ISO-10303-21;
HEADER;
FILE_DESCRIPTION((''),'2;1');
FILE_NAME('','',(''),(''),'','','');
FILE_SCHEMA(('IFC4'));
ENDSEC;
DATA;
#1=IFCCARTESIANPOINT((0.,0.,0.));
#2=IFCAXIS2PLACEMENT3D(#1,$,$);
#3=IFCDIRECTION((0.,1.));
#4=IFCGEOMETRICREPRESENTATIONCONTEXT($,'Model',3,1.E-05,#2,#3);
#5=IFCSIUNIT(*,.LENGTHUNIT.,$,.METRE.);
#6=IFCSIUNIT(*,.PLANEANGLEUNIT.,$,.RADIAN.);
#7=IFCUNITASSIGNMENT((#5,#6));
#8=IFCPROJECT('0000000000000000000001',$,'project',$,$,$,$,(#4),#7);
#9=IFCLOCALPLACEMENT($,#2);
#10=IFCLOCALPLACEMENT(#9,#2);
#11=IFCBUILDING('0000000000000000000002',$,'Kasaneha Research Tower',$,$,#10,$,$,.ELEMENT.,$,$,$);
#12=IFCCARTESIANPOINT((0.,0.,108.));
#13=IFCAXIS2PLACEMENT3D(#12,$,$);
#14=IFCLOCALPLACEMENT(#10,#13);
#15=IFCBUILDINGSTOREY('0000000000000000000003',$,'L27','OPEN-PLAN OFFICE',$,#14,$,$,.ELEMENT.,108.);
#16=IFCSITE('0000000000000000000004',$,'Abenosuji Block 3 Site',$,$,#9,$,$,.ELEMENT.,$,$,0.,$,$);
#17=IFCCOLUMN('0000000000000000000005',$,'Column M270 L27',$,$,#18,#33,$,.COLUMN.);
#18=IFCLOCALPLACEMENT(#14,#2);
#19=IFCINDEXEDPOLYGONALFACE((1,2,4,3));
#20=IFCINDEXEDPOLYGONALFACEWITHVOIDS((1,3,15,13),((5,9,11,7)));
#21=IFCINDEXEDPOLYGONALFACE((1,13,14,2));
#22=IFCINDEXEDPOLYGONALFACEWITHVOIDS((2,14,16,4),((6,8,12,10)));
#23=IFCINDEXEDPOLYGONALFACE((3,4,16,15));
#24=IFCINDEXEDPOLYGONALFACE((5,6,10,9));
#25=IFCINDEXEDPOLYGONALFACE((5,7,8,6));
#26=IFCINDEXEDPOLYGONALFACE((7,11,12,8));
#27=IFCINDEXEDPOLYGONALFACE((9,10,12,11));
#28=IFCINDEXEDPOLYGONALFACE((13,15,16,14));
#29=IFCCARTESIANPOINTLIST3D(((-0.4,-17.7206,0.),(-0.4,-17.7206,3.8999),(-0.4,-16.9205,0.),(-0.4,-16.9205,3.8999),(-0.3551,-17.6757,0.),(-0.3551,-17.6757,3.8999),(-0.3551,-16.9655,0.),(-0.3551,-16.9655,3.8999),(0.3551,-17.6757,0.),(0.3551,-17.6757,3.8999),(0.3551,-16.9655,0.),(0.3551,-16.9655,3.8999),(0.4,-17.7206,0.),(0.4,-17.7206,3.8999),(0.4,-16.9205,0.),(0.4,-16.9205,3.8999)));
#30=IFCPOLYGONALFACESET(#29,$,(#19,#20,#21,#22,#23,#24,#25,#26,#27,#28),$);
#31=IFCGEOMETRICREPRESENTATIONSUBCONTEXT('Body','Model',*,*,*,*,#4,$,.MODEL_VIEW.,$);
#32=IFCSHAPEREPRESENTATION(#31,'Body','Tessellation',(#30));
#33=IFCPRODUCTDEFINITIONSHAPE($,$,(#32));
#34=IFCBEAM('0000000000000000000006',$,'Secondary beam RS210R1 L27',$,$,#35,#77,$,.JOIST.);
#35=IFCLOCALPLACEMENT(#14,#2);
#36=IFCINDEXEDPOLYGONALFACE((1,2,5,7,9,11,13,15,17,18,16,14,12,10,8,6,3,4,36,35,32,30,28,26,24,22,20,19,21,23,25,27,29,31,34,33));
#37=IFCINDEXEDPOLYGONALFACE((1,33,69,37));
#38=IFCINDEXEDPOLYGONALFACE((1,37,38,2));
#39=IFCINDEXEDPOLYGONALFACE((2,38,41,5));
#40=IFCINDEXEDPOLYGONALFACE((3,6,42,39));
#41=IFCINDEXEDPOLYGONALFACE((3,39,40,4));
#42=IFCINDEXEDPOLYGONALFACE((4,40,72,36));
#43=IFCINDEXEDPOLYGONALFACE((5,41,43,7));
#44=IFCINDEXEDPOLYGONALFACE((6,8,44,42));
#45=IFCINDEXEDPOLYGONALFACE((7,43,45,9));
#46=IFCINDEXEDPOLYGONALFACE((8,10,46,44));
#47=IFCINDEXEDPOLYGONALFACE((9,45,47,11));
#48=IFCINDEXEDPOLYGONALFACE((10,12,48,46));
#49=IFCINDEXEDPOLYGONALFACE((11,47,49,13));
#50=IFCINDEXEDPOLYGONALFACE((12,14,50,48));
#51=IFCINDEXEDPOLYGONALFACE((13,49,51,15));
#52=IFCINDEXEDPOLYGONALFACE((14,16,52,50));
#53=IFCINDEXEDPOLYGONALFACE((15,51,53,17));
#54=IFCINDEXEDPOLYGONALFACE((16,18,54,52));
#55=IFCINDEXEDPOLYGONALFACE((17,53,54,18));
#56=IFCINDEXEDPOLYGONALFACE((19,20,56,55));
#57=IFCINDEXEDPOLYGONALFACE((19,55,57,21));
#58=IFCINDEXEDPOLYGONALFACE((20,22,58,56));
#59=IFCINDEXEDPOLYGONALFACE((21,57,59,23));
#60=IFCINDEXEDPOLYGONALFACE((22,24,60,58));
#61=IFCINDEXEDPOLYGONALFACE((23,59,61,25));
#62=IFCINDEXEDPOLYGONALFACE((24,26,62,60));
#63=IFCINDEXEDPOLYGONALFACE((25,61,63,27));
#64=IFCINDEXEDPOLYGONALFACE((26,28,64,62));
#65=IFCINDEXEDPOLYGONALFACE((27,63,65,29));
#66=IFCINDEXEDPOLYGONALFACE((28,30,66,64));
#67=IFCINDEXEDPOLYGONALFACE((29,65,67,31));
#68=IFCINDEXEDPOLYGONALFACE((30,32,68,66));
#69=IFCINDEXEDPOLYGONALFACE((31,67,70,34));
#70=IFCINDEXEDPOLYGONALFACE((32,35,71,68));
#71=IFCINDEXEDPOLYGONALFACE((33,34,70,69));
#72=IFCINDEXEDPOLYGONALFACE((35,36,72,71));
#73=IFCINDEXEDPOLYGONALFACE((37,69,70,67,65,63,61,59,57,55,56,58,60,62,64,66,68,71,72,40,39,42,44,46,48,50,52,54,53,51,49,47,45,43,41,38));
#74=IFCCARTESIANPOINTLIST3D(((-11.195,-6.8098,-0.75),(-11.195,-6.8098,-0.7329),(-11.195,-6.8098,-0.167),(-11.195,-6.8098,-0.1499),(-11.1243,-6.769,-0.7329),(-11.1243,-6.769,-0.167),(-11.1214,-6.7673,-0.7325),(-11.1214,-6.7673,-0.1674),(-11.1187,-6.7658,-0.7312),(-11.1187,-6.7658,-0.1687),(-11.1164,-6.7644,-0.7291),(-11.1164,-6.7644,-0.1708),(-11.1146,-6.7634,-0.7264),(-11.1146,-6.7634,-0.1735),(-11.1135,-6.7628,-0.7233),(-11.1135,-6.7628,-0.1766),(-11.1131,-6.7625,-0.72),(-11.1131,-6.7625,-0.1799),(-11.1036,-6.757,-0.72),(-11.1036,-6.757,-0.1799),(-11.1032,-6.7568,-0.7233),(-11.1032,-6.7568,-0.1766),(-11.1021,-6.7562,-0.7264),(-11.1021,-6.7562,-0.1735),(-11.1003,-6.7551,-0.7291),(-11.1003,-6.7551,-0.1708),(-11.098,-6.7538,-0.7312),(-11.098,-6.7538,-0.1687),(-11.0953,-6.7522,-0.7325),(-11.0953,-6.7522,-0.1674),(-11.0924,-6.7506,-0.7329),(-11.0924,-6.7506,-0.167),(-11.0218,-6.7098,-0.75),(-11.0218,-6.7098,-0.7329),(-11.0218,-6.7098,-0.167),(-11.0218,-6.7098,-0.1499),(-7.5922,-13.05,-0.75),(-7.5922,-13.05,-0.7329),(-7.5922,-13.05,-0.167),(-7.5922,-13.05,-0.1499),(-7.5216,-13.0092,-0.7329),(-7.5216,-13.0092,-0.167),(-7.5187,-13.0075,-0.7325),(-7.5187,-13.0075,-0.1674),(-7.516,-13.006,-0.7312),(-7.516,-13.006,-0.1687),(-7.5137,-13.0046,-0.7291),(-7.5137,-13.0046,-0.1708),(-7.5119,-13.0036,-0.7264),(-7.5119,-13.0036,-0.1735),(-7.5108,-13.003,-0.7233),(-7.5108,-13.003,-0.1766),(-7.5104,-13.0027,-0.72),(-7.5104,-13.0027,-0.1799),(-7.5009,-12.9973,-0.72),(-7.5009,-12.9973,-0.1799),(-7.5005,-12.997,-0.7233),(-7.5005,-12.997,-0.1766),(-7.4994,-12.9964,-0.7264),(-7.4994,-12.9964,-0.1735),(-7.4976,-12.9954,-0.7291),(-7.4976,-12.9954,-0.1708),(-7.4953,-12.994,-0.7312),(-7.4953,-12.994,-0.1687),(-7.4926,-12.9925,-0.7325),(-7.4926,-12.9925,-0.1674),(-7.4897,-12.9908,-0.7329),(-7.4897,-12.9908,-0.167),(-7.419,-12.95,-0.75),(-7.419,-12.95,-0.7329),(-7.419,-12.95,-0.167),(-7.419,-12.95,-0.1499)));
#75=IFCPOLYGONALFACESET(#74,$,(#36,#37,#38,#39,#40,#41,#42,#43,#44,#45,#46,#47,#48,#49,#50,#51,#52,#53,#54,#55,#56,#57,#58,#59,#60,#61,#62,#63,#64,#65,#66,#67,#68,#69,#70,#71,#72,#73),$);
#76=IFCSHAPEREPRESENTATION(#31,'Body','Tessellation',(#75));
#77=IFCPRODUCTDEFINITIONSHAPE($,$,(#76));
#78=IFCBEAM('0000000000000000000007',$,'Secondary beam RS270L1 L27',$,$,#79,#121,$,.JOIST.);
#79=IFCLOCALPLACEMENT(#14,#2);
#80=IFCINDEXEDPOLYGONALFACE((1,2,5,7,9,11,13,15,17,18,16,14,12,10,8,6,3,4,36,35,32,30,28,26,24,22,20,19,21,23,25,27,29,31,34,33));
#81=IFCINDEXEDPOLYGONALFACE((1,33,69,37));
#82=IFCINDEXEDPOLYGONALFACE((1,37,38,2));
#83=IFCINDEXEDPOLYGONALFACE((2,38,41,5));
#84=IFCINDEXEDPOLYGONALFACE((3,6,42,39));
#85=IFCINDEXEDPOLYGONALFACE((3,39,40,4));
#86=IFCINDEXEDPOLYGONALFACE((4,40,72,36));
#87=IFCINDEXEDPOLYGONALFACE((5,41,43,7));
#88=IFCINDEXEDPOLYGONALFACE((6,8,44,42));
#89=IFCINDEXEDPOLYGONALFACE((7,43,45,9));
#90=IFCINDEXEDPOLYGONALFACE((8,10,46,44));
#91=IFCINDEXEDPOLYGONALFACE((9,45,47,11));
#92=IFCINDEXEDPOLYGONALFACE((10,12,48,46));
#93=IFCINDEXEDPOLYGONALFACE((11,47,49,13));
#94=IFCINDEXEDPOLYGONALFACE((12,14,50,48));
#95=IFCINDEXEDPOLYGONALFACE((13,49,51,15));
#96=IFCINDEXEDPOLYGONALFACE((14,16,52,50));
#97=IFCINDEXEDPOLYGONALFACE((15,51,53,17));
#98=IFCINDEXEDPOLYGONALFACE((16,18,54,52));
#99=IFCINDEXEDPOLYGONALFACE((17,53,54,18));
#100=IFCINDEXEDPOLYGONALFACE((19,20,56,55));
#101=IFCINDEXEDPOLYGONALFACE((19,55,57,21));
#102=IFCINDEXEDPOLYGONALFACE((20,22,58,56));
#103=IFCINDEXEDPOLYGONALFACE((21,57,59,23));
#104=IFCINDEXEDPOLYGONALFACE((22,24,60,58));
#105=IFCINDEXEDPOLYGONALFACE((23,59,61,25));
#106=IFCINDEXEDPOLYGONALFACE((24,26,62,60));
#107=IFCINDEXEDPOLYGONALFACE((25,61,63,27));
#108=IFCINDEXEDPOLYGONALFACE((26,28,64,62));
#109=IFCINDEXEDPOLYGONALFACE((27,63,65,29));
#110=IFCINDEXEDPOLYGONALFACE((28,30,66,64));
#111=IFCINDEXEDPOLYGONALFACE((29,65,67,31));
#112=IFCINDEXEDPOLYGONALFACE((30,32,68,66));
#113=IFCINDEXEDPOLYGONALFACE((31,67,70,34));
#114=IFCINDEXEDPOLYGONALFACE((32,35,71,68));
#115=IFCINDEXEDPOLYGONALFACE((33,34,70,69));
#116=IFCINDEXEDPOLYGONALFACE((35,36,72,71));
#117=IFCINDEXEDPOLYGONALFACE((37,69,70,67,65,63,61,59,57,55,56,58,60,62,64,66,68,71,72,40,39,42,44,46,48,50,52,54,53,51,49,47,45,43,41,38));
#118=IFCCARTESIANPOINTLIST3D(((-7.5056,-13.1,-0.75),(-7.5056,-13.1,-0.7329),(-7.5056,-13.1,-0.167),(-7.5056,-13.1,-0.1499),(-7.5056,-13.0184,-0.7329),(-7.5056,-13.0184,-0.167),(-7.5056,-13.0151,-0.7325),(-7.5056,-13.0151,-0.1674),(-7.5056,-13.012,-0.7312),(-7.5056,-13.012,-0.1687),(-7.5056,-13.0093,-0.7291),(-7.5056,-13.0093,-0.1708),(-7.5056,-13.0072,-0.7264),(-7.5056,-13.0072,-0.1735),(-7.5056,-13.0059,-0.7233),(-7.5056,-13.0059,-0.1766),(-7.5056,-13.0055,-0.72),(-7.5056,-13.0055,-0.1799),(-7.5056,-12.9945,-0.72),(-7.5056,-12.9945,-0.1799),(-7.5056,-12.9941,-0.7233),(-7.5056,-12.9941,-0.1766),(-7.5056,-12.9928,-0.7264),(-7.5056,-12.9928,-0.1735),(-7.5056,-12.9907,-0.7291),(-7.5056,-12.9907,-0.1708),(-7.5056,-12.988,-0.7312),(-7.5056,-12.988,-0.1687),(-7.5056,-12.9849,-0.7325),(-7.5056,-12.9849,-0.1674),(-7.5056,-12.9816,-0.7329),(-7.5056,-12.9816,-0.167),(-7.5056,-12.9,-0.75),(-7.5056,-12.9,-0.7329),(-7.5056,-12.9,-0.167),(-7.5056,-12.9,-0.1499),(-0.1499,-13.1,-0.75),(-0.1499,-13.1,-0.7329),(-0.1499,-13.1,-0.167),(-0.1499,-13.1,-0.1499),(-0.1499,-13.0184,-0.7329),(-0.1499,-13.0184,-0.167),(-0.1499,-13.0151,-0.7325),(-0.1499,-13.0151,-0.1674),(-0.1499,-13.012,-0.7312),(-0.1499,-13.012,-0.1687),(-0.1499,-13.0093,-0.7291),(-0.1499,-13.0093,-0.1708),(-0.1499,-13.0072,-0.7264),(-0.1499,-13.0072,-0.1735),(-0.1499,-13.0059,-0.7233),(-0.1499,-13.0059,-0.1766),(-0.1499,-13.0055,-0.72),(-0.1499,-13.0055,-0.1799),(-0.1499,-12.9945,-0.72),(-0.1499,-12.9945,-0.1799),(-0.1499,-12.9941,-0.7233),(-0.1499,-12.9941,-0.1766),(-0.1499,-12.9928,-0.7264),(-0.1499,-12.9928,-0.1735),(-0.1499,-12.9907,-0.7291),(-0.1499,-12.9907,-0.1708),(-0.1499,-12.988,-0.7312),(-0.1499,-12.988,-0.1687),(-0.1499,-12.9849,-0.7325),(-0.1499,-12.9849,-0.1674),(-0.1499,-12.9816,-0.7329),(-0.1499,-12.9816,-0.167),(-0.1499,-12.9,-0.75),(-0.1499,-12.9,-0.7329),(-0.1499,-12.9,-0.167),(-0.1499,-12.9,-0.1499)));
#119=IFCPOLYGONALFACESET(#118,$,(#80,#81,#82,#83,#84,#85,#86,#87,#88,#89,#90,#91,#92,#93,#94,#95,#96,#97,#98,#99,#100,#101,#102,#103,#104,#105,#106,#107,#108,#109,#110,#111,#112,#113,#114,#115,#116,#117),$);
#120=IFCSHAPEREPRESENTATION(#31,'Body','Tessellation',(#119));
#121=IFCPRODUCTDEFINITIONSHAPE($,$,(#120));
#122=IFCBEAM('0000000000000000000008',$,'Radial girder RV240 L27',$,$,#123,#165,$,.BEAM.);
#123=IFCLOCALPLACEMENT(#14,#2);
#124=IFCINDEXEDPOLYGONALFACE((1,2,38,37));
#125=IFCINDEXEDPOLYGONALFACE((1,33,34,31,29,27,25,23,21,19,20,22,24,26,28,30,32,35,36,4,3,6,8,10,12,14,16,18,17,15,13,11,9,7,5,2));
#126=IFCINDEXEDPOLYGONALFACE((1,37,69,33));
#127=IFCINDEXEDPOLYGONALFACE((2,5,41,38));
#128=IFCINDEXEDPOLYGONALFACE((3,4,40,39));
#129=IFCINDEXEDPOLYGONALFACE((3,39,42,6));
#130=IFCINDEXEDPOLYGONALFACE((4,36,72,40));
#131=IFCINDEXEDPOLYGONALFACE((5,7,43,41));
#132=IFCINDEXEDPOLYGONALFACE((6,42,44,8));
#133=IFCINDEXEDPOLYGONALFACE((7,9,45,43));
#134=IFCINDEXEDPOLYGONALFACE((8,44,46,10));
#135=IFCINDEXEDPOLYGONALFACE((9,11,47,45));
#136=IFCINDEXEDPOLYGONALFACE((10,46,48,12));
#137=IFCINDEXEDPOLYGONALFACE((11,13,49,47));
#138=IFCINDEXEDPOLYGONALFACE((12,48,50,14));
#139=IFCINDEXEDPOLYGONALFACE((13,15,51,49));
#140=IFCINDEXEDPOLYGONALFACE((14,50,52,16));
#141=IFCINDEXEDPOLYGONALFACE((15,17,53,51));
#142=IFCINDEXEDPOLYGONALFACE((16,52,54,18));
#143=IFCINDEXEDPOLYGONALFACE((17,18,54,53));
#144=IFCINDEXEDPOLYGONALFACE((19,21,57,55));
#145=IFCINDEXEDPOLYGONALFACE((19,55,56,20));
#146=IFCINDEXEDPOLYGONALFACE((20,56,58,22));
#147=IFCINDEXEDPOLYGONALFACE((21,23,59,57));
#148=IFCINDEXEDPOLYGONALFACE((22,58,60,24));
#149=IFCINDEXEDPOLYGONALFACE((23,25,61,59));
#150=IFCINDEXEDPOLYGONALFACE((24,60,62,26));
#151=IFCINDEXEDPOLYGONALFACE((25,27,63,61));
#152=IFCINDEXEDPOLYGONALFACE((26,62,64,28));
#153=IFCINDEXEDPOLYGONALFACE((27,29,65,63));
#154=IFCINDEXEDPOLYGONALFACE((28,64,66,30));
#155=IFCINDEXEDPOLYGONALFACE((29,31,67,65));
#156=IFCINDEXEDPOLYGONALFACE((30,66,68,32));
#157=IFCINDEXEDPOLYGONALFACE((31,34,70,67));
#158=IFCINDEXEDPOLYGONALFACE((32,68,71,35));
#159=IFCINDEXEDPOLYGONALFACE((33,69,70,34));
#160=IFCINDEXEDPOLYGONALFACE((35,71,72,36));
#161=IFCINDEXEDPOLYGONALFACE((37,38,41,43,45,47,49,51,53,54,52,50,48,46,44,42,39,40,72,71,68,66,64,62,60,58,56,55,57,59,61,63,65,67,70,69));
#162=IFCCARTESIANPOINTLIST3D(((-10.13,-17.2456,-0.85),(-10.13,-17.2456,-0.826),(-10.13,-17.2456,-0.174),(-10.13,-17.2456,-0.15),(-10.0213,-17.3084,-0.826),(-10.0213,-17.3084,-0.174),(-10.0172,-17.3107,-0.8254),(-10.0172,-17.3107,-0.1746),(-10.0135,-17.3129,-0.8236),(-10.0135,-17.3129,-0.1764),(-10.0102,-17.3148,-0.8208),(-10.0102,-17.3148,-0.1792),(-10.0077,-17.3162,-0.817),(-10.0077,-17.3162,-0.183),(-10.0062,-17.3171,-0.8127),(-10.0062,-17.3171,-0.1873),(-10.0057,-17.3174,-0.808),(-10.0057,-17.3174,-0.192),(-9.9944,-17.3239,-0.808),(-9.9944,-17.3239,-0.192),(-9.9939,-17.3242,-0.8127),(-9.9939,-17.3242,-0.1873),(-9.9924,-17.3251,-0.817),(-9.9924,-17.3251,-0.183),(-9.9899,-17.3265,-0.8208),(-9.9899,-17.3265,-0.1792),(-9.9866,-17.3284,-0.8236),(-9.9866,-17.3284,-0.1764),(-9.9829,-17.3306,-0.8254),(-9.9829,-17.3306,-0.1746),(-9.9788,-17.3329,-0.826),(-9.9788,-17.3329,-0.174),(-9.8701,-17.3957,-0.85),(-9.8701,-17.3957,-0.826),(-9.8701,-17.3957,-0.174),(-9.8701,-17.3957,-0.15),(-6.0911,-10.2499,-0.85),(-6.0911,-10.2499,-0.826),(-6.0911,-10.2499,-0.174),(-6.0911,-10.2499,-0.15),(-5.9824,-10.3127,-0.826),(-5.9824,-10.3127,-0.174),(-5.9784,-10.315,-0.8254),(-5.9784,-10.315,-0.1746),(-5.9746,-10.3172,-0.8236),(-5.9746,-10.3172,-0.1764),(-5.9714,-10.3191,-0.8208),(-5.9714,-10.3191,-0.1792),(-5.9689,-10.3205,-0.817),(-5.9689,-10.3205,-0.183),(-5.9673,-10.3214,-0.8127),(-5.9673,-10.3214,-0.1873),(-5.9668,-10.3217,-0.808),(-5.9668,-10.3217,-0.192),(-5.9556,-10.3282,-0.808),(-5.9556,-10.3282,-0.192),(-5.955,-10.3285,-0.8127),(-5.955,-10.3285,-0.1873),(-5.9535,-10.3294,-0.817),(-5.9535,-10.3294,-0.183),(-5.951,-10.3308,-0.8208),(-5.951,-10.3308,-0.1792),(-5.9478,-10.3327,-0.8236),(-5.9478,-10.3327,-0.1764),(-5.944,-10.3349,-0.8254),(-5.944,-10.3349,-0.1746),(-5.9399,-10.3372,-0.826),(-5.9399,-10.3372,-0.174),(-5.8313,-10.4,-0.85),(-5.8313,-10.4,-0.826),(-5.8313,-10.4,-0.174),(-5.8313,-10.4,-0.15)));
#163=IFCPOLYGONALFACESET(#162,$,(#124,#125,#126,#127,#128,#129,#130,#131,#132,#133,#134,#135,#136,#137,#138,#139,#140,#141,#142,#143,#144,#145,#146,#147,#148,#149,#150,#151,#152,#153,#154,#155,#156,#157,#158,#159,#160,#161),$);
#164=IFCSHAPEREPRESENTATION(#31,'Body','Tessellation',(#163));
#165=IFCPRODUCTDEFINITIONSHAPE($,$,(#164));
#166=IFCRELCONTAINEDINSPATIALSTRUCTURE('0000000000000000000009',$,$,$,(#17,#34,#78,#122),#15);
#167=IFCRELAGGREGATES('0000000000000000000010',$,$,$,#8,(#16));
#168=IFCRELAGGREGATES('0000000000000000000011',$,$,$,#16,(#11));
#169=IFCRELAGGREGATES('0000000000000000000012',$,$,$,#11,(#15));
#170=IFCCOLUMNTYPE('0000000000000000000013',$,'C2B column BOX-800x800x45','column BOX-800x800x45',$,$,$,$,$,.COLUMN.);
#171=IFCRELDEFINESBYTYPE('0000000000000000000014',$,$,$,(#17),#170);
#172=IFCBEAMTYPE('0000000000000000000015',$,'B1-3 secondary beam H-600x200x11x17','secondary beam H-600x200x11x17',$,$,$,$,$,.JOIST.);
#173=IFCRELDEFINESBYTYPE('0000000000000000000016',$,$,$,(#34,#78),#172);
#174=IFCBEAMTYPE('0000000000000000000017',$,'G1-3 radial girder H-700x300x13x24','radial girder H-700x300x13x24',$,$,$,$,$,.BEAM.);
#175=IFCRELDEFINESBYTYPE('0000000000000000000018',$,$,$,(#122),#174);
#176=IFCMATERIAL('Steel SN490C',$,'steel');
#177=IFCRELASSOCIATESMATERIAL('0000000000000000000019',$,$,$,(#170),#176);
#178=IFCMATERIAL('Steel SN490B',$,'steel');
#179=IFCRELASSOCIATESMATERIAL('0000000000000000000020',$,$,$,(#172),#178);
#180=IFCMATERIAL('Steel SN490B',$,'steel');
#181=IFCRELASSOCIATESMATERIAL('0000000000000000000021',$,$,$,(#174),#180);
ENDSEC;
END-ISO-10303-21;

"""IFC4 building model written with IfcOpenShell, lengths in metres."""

from ifc_helpers import new_model, si_unit, direction, frame, origin, origin_2d, place, context, subcontext, project, spatial, hollow_rectangle, i_section, extrude, material, material_profile, profile_set, type_object, element, save


model = new_model("IFC4")

# Units and contexts
model_context = context("Model", 3, precision=1e-05, world=origin(), true_north=direction((0.0, 1.0)))
body_context = subcontext(model_context, "Body", "Model", "MODEL_VIEW")
ifc_project = project(units=[si_unit("LENGTHUNIT", "METRE"), si_unit("PLANEANGLEUNIT", "RADIAN")], contexts=[model_context])

# Site, building, storey
site_placement = place(None, origin())
site = spatial("IfcSite", under=ifc_project, at=site_placement, Name="Abenosuji Block 3 Site", CompositionType="ELEMENT", RefElevation=0.0)
building_placement = place(site_placement, origin())
building = spatial("IfcBuilding", under=site, at=building_placement, Name="Kasaneha Research Tower", CompositionType="ELEMENT")
storey_placement = place(building_placement, frame((0.0, 0.0, 108.0)))
storey = spatial("IfcBuildingStorey", under=building, at=storey_placement, Name="L27", Description="OPEN-PLAN OFFICE", CompositionType="ELEMENT", Elevation=108.0)

# Column
ifc_material_1 = material(Name="Steel SN490C", Category="steel")
ifc_material_profile_1 = material_profile(ifc_material_1, hollow_rectangle(XDim=0.8, YDim=0.8, WallThickness=0.0449, at=origin_2d()), Name="BOX-800x800x45")
ifc_profile_set_1 = profile_set([ifc_material_profile_1], Name="Steel SN490C")
column_type = type_object("IfcColumnType", Name="C2B column BOX-800x800x45", Description="column BOX-800x800x45", PredefinedType="COLUMN", material=ifc_profile_set_1)
column_placement = place(storey_placement, frame((0.0, -17.3206, 0.0), z_axis=(0.0, 0.0, 1.0), x_axis=(1.0, 0.0, 0.0)))
element("IfcColumn", 1, at=column_placement, inside=storey, type_object=column_type, Name="Column M270 L27", PredefinedType="COLUMN", context=body_context, shape_type="SweptSolid", body=[
    extrude(hollow_rectangle(XDim=0.8, YDim=0.8, WallThickness=0.0449, at=origin_2d()), origin(), (0.0, 0.0, 1.0), 3.8999),
])

# Beams
ifc_material_2 = material(Name="Steel SN490B", Category="steel")
ifc_material_profile_2 = material_profile(ifc_material_2, i_section(OverallWidth=0.2, OverallDepth=0.6001, WebThickness=0.011, FlangeThickness=0.0171, FilletRadius=0.0129, at=origin_2d()), Name="H-600x200x11x17")
ifc_profile_set_2 = profile_set([ifc_material_profile_2], Name="Steel SN490B")
beam_type_1 = type_object("IfcBeamType", Name="B1-3 secondary beam H-600x200x11x17", Description="secondary beam H-600x200x11x17", PredefinedType="JOIST", material=ifc_profile_set_2)
beam_1_placement = place(storey_placement, frame((-7.5056, -13.0, -0.45), z_axis=(-0.499998, 0.866026, 0.0), x_axis=(-0.866026, -0.499998, 0.0)))
element("IfcBeam", 2, at=beam_1_placement, inside=storey, type_object=beam_type_1, Name="Secondary beam RS210R1 L27", PredefinedType="JOIST", context=body_context, shape_type="SweptSolid", body=[
    extrude(i_section(OverallWidth=0.2, OverallDepth=0.6001, WebThickness=0.011, FlangeThickness=0.0171, FilletRadius=0.0129, at=origin_2d()), origin(), (0.0, 0.0, 1.0), 7.2056),
])
beam_2_placement = place(storey_placement, frame((-7.5056, -13.0, -0.45), z_axis=(1.0, 0.0, 0.0), x_axis=(0.0, 1.0, 0.0)))
element("IfcBeam", 3, at=beam_2_placement, inside=storey, type_object=beam_type_1, Name="Secondary beam RS270L1 L27", PredefinedType="JOIST", context=body_context, shape_type="SweptSolid", body=[
    extrude(i_section(OverallWidth=0.2, OverallDepth=0.6001, WebThickness=0.011, FlangeThickness=0.0171, FilletRadius=0.0129, at=origin_2d()), origin(), (0.0, 0.0, 1.0), 7.3557),
])
ifc_material_3 = material(Name="Steel SN490B", Category="steel")
ifc_material_profile_3 = material_profile(ifc_material_3, i_section(OverallWidth=0.3, OverallDepth=0.7, WebThickness=0.0129, FlangeThickness=0.0239, FilletRadius=0.0181, at=origin_2d()), Name="H-700x300x13x24")
ifc_profile_set_3 = profile_set([ifc_material_profile_3], Name="Steel SN490B")
beam_type_2 = type_object("IfcBeamType", Name="G1-3 radial girder H-700x300x13x24", Description="radial girder H-700x300x13x24", PredefinedType="BEAM", material=ifc_profile_set_3)
beam_3_placement = place(storey_placement, frame((-5.9612, -10.325, -0.5), z_axis=(-0.499991, -0.866031, 0.0), x_axis=(0.866031, -0.499991, 0.0)))
element("IfcBeam", 4, at=beam_3_placement, inside=storey, type_object=beam_type_2, Name="Radial girder RV240 L27", PredefinedType="BEAM", context=body_context, shape_type="SweptSolid", body=[
    extrude(i_section(OverallWidth=0.3, OverallDepth=0.7, WebThickness=0.0129, FlangeThickness=0.0239, FilletRadius=0.0181, at=origin_2d()), origin(), (0.0, 0.0, 1.0), 8.0779),
])

save(model, "model.ifc")
